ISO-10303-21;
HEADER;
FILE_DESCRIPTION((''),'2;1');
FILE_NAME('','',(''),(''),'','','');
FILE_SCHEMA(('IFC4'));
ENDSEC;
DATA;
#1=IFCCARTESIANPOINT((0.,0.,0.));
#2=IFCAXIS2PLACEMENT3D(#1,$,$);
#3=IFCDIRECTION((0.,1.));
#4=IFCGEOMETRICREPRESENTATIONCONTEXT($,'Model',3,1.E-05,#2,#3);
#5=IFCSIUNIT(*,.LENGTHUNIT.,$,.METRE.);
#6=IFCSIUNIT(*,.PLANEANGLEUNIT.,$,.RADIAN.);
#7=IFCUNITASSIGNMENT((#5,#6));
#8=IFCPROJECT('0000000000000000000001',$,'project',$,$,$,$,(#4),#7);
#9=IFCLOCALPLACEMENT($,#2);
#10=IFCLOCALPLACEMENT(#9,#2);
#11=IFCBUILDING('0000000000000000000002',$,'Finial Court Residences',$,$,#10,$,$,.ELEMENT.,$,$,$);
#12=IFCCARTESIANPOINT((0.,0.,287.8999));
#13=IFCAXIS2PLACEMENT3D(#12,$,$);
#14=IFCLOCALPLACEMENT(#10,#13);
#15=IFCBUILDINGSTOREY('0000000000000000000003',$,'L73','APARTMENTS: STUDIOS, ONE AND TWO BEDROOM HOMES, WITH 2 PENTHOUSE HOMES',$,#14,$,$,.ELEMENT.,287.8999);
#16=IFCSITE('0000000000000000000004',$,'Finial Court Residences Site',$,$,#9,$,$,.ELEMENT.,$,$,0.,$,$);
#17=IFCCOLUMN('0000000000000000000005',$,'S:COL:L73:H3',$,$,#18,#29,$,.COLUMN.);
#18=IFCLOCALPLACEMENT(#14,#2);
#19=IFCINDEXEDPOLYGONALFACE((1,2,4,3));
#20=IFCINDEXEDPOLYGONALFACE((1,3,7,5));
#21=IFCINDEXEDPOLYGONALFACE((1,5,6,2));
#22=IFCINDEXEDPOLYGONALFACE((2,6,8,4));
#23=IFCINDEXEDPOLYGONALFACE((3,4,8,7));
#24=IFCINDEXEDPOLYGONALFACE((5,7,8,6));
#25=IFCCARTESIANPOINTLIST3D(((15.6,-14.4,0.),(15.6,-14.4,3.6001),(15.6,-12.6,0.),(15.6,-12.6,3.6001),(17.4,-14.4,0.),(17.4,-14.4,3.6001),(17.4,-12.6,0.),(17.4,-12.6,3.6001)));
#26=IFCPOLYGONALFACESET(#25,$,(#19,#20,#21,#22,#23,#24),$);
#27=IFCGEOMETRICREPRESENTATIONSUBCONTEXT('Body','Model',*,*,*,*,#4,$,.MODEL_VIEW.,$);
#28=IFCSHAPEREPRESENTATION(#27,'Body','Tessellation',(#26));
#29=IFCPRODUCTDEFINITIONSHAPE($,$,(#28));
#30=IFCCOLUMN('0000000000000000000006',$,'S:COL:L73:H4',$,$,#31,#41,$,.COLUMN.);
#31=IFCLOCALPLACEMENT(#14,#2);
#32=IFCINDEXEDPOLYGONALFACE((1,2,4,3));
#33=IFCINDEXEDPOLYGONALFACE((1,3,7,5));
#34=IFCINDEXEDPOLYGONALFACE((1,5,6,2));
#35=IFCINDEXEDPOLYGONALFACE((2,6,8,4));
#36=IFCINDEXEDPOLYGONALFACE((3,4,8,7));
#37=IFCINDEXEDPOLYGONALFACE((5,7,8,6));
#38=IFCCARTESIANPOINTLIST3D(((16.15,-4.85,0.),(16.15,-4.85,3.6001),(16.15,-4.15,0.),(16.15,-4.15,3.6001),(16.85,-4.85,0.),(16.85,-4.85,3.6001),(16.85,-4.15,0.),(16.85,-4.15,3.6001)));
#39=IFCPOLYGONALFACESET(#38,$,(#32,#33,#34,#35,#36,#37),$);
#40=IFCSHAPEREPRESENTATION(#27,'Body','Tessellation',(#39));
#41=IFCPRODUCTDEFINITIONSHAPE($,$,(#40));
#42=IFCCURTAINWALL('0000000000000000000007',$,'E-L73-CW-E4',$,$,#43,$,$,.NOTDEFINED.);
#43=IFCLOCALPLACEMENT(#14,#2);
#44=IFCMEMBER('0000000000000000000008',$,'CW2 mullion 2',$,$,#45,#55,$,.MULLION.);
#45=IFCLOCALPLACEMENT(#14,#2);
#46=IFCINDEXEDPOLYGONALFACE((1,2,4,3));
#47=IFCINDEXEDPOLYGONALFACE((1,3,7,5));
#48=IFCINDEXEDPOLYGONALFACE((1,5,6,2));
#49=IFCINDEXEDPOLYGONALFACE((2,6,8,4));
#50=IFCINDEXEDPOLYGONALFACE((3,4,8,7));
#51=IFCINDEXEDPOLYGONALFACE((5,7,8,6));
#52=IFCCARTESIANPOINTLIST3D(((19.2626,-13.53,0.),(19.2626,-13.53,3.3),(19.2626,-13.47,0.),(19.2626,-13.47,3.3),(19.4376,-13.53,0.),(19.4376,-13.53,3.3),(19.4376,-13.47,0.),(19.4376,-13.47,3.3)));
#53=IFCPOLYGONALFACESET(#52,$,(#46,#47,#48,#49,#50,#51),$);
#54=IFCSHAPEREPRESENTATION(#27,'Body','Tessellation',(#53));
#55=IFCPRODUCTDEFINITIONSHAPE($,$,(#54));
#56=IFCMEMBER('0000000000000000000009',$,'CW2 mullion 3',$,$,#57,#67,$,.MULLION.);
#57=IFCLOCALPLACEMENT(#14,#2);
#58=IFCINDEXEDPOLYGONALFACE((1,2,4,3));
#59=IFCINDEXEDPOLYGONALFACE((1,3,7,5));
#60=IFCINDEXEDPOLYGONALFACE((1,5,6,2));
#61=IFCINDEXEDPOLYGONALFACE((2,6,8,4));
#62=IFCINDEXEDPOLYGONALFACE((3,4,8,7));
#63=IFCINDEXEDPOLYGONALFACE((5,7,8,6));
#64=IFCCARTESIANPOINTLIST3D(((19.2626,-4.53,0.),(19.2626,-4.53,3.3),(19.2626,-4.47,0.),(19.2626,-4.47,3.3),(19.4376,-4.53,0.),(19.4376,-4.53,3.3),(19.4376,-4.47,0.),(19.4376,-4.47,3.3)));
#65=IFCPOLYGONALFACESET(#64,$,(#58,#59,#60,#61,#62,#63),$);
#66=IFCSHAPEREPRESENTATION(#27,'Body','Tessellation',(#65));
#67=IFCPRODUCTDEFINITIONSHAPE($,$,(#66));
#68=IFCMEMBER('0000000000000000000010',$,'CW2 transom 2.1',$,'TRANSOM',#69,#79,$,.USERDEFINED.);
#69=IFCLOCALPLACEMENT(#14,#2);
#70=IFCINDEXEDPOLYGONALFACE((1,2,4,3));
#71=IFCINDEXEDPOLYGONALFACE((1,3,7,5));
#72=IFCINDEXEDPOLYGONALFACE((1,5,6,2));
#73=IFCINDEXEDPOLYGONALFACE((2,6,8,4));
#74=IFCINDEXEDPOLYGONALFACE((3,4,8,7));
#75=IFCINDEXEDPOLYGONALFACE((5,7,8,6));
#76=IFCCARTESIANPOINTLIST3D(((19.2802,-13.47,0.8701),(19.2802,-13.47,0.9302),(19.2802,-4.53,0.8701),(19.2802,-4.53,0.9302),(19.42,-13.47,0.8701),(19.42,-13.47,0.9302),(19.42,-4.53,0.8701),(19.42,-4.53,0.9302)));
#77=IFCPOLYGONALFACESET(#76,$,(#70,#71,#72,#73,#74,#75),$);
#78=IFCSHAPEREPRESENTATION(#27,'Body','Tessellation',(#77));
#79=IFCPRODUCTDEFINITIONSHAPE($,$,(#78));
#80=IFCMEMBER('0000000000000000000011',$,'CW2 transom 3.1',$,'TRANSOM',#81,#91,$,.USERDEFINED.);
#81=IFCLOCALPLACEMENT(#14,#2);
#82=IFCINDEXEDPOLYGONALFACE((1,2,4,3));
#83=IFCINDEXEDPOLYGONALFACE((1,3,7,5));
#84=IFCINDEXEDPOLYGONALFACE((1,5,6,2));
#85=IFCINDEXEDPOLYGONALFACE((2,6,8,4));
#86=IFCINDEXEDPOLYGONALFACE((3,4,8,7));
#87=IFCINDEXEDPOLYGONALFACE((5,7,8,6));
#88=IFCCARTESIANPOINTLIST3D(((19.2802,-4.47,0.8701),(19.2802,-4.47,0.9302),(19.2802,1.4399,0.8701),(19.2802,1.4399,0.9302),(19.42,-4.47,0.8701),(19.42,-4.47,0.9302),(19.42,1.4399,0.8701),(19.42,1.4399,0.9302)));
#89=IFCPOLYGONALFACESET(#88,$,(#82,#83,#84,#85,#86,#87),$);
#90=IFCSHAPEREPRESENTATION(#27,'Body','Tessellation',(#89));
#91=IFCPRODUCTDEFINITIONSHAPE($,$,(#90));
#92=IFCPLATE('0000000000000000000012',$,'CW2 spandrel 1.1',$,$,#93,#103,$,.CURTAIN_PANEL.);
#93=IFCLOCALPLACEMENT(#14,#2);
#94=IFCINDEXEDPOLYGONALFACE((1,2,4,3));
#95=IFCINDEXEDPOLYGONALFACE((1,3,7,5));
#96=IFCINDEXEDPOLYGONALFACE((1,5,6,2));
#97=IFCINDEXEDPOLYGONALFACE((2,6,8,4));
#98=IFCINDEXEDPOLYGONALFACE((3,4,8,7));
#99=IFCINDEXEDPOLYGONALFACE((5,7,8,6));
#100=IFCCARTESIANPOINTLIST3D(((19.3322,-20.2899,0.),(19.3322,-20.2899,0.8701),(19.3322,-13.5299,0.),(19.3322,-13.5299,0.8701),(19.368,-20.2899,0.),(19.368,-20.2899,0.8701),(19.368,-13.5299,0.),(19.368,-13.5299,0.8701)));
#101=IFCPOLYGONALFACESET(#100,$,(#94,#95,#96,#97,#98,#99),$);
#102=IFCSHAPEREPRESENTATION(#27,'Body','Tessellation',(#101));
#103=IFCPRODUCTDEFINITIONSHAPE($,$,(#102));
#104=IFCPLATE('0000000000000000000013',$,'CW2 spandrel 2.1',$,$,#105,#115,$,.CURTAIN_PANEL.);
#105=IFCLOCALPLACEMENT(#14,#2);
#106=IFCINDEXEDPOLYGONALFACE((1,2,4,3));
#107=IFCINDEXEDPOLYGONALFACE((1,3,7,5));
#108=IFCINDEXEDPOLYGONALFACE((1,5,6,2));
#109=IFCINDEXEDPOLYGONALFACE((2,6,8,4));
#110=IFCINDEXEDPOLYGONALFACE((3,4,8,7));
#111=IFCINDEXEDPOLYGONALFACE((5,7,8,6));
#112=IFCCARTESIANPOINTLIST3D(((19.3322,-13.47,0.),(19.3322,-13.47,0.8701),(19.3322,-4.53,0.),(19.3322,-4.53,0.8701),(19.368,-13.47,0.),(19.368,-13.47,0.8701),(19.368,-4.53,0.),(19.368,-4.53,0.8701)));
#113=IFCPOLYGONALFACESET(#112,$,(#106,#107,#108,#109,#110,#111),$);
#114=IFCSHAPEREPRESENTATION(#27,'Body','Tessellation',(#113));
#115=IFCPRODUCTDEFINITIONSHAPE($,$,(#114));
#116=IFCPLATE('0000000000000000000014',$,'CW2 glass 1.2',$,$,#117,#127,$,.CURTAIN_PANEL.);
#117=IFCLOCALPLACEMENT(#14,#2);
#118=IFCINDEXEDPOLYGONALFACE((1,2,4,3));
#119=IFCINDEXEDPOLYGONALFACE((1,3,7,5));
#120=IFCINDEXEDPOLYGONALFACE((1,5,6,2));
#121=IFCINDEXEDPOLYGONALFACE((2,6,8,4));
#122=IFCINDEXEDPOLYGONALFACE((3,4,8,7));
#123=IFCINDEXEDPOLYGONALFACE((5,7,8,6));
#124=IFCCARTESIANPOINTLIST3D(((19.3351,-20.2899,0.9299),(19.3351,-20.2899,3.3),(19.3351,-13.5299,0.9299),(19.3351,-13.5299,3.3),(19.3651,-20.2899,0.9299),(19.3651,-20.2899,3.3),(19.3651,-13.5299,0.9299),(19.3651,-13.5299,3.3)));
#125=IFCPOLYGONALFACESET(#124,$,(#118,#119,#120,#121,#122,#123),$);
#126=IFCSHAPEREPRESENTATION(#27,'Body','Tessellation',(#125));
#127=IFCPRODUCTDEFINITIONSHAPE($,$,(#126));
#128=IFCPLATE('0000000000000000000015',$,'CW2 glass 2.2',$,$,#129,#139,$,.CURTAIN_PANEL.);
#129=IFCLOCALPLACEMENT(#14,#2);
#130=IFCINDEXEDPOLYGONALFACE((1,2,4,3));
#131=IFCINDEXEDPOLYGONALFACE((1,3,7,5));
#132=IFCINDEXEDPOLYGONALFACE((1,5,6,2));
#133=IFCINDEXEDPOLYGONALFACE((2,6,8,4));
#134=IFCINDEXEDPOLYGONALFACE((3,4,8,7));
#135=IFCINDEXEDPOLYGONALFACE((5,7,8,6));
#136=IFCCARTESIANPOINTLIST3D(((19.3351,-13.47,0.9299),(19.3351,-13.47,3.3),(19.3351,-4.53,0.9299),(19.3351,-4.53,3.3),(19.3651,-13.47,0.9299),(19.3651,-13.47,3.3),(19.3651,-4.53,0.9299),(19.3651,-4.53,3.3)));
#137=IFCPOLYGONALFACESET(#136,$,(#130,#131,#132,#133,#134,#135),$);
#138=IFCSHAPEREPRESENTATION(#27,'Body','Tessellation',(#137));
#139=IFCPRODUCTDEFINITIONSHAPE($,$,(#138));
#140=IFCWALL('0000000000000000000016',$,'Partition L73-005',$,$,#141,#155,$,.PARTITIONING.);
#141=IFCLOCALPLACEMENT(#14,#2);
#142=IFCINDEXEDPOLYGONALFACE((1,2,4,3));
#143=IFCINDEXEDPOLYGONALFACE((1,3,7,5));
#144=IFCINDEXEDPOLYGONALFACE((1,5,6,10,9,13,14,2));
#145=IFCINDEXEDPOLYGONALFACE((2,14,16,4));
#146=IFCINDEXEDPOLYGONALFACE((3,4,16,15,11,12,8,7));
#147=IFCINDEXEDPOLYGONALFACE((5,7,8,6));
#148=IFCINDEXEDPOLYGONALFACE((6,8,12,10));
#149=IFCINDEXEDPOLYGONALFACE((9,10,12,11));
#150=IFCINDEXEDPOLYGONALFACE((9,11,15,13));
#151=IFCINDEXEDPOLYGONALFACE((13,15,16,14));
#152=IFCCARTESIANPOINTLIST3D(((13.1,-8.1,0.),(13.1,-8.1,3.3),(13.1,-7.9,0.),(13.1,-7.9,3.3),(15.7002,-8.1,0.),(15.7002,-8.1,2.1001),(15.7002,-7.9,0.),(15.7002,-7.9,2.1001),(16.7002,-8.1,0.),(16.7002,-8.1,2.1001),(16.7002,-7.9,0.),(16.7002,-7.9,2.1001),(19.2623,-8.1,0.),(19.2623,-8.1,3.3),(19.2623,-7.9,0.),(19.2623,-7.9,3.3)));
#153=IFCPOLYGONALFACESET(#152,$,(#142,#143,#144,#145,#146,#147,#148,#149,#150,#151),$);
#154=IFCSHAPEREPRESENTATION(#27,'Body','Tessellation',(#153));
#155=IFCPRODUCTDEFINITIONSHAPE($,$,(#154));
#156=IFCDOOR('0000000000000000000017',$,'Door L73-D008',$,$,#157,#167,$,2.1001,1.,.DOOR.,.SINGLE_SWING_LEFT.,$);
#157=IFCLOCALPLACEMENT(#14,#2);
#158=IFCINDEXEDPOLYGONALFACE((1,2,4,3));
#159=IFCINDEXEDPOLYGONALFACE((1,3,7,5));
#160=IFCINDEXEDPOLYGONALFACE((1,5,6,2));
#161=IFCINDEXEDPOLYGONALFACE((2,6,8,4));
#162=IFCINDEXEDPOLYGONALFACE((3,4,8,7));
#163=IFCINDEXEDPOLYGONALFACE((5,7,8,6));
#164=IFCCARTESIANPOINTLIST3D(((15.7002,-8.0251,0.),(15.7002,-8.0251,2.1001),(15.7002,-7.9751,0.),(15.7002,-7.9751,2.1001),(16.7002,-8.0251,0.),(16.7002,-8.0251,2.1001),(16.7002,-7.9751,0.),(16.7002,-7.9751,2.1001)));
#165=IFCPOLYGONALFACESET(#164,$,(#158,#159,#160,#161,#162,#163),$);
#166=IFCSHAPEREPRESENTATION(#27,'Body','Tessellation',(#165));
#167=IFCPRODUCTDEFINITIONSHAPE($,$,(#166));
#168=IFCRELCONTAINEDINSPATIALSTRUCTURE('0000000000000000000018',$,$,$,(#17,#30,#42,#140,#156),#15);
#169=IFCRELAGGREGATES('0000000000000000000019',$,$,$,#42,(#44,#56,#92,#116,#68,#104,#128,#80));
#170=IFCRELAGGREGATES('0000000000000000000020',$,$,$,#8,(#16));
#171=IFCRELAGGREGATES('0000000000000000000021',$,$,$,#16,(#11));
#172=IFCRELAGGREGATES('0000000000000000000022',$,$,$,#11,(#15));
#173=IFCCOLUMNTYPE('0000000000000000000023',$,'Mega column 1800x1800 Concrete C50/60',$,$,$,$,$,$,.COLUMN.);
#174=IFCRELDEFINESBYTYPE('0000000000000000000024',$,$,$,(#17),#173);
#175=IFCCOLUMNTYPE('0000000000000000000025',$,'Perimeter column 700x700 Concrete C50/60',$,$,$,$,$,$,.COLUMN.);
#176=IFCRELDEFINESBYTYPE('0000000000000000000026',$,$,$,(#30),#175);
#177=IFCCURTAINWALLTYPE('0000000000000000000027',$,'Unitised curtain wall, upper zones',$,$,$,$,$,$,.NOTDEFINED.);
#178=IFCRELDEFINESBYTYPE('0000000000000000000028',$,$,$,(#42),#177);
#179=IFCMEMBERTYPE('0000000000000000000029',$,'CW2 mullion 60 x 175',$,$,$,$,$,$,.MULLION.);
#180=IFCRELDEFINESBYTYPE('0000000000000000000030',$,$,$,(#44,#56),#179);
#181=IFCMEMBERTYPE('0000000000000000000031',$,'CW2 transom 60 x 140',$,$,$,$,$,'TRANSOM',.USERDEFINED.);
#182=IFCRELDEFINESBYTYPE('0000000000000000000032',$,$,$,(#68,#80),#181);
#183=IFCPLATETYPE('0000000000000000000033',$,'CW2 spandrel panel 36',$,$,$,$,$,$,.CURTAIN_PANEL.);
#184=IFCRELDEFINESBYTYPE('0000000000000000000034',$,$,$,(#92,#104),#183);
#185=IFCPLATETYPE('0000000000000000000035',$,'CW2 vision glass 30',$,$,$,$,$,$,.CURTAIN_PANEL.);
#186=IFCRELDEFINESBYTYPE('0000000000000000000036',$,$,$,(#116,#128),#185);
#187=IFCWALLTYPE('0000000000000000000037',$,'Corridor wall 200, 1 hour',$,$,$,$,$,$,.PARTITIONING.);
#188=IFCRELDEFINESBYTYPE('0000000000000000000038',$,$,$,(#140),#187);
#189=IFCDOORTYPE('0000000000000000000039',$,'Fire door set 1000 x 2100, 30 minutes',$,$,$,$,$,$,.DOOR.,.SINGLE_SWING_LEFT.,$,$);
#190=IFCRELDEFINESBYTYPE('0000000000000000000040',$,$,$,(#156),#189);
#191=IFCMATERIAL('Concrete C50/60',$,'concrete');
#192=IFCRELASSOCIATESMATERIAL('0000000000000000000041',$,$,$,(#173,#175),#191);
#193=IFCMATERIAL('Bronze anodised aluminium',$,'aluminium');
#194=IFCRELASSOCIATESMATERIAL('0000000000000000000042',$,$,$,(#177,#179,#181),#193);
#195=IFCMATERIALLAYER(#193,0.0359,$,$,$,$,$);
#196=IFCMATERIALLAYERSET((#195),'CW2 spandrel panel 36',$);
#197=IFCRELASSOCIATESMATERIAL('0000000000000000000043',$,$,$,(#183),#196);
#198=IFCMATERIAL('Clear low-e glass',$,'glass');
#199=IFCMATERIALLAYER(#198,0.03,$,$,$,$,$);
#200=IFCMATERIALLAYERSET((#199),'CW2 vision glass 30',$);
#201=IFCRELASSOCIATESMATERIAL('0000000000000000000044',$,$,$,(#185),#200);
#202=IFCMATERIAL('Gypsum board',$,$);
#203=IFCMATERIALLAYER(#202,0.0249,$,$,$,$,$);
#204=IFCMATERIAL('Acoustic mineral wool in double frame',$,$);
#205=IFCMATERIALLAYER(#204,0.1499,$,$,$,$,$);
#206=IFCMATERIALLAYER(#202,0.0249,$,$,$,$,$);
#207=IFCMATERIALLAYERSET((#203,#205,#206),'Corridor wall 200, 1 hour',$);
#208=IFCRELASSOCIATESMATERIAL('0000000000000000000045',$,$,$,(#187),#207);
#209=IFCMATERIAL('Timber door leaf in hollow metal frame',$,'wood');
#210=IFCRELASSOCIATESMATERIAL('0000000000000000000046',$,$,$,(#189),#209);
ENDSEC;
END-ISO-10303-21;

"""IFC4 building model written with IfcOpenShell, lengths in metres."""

from ifc_helpers import new_model, si_unit, direction, frame, frame_2d, origin, origin_2d, place, context, subcontext, project, spatial, rectangle, extrude, material, layer, layer_set, material_profile, profile_set, type_object, element, fill, aggregate, save


model = new_model("IFC4")

# Units and contexts
model_context = context("Model", 3, precision=1e-05, world=origin(), true_north=direction((0.0, 1.0)))
body_context = subcontext(model_context, "Body", "Model", "MODEL_VIEW")
ifc_project = project(units=[si_unit("LENGTHUNIT", "METRE"), si_unit("PLANEANGLEUNIT", "RADIAN")], contexts=[model_context])

# Site, building, storey
site_placement = place(None, origin())
site = spatial("IfcSite", under=ifc_project, at=site_placement, Name="Finial Court Residences Site", CompositionType="ELEMENT", RefElevation=0.0)
building_placement = place(site_placement, origin())
building = spatial("IfcBuilding", under=site, at=building_placement, Name="Finial Court Residences", CompositionType="ELEMENT")
storey_placement = place(building_placement, frame((0.0, 0.0, 287.8999)))
storey = spatial("IfcBuildingStorey", under=building, at=storey_placement, Name="L73", Description="APARTMENTS: STUDIOS, ONE AND TWO BEDROOM HOMES, WITH 2 PENTHOUSE HOMES", CompositionType="ELEMENT", Elevation=287.8999)

# Columns
ifc_material_1 = material(Name="Concrete C50/60", Category="concrete")
ifc_material_profile_1 = material_profile(ifc_material_1, rectangle(XDim=1.8, YDim=1.8, at=origin_2d()), Name="1800x1800")
ifc_profile_set_1 = profile_set([ifc_material_profile_1], Name="Concrete C50/60")
column_type_1 = type_object("IfcColumnType", Name="Mega column 1800x1800 Concrete C50/60", PredefinedType="COLUMN", material=ifc_profile_set_1)
column_1_placement = place(storey_placement, frame((16.5, -13.5, 0.0), z_axis=(0.0, 0.0, 1.0), x_axis=(1.0, 0.0, 0.0)))
element("IfcColumn", 1, at=column_1_placement, inside=storey, type_object=column_type_1, Name="S:COL:L73:H3", PredefinedType="COLUMN", context=body_context, shape_type="SweptSolid", body=[
    extrude(rectangle(XDim=1.8, YDim=1.8, at=origin_2d()), origin(), (0.0, 0.0, 1.0), 3.6001),
])
ifc_material_profile_2 = material_profile(ifc_material_1, rectangle(XDim=0.7, YDim=0.7, at=origin_2d()), Name="700x700")
ifc_profile_set_2 = profile_set([ifc_material_profile_2], Name="Concrete C50/60")
column_type_2 = type_object("IfcColumnType", Name="Perimeter column 700x700 Concrete C50/60", PredefinedType="COLUMN", material=ifc_profile_set_2)
column_2_placement = place(storey_placement, frame((16.5, -4.5, 0.0), z_axis=(0.0, 0.0, 1.0), x_axis=(1.0, 0.0, 0.0)))
element("IfcColumn", 2, at=column_2_placement, inside=storey, type_object=column_type_2, Name="S:COL:L73:H4", PredefinedType="COLUMN", context=body_context, shape_type="SweptSolid", body=[
    extrude(rectangle(XDim=0.7, YDim=0.7, at=origin_2d()), origin(), (0.0, 0.0, 1.0), 3.6001),
])

# Curtain wall, members, plates
ifc_material_2 = material(Name="Bronze anodised aluminium", Category="aluminium")
curtain_wall_type = type_object("IfcCurtainWallType", Name="Unitised curtain wall, upper zones", PredefinedType="NOTDEFINED", material=ifc_material_2)
curtain_wall_placement = place(storey_placement, origin())
curtain_wall = element("IfcCurtainWall", 3, at=curtain_wall_placement, inside=storey, type_object=curtain_wall_type, Name="E-L73-CW-E4", PredefinedType="NOTDEFINED")
ifc_material_profile_3 = material_profile(ifc_material_2, rectangle(XDim=0.175, YDim=0.0601, at=origin_2d()), Name="CW2 mullion 60 x 175")
ifc_profile_set_3 = profile_set([ifc_material_profile_3], Name="Bronze anodised aluminium")
member_type_1 = type_object("IfcMemberType", Name="CW2 mullion 60 x 175", PredefinedType="MULLION", material=ifc_profile_set_3)
member_1_placement = place(storey_placement, frame((19.3501, -13.5, 0.0), z_axis=(0.0, 0.0, 1.0), x_axis=(-1.0, 0.0, 0.0)))
member_1 = element("IfcMember", 4, at=member_1_placement, type_object=member_type_1, Name="CW2 mullion 2", PredefinedType="MULLION", context=body_context, shape_type="SweptSolid", body=[
    extrude(rectangle(XDim=0.175, YDim=0.0601, at=origin_2d()), origin(), (0.0, 0.0, 1.0), 3.3),
])
member_2_placement = place(storey_placement, frame((19.3501, -4.5, 0.0), z_axis=(0.0, 0.0, 1.0), x_axis=(-1.0, 0.0, 0.0)))
member_2 = element("IfcMember", 5, at=member_2_placement, type_object=member_type_1, Name="CW2 mullion 3", PredefinedType="MULLION", context=body_context, shape_type="SweptSolid", body=[
    extrude(rectangle(XDim=0.175, YDim=0.0601, at=origin_2d()), origin(), (0.0, 0.0, 1.0), 3.3),
])
ifc_material_profile_4 = material_profile(ifc_material_2, rectangle(XDim=0.1399, YDim=0.0601, at=origin_2d()), Name="CW2 transom 60 x 140")
ifc_profile_set_4 = profile_set([ifc_material_profile_4], Name="Bronze anodised aluminium")
member_type_2 = type_object("IfcMemberType", Name="CW2 transom 60 x 140", ElementType="TRANSOM", PredefinedType="USERDEFINED", material=ifc_profile_set_4)
member_3_placement = place(storey_placement, frame((19.3501, -13.47, 0.9001), z_axis=(0.0, 1.0, 0.0), x_axis=(-1.0, 0.0, 0.0)))
member_3 = element("IfcMember", 6, at=member_3_placement, type_object=member_type_2, Name="CW2 transom 2.1", ObjectType="TRANSOM", PredefinedType="USERDEFINED", context=body_context, shape_type="SweptSolid", body=[
    extrude(rectangle(XDim=0.1399, YDim=0.0601, at=origin_2d()), origin(), (0.0, 0.0, 1.0), 8.9399),
])
member_4_placement = place(storey_placement, frame((19.3501, -4.47, 0.9001), z_axis=(0.0, 1.0, 0.0), x_axis=(-1.0, 0.0, 0.0)))
member_4 = element("IfcMember", 7, at=member_4_placement, type_object=member_type_2, Name="CW2 transom 3.1", ObjectType="TRANSOM", PredefinedType="USERDEFINED", context=body_context, shape_type="SweptSolid", body=[
    extrude(rectangle(XDim=0.1399, YDim=0.0601, at=origin_2d()), origin(), (0.0, 0.0, 1.0), 5.9099),
])
ifc_layer_1 = layer(ifc_material_2, 0.0359)
ifc_layer_set_1 = layer_set([ifc_layer_1], Name="CW2 spandrel panel 36")
plate_type_1 = type_object("IfcPlateType", Name="CW2 spandrel panel 36", PredefinedType="CURTAIN_PANEL", material=ifc_layer_set_1)
plate_1_placement = place(storey_placement, frame((19.3501, -16.9099, 0.0), z_axis=(0.0, 0.0, 1.0), x_axis=(0.0, 1.0, 0.0)))
plate_1 = element("IfcPlate", 8, at=plate_1_placement, type_object=plate_type_1, Name="CW2 spandrel 1.1", PredefinedType="CURTAIN_PANEL", context=body_context, shape_type="SweptSolid", body=[
    extrude(rectangle(XDim=6.76, YDim=0.0359, at=origin_2d()), origin(), (0.0, 0.0, 1.0), 0.8701),
])
plate_2_placement = place(storey_placement, frame((19.3501, -9.0, 0.0), z_axis=(0.0, 0.0, 1.0), x_axis=(0.0, 1.0, 0.0)))
plate_2 = element("IfcPlate", 9, at=plate_2_placement, type_object=plate_type_1, Name="CW2 spandrel 2.1", PredefinedType="CURTAIN_PANEL", context=body_context, shape_type="SweptSolid", body=[
    extrude(rectangle(XDim=8.9399, YDim=0.0359, at=origin_2d()), origin(), (0.0, 0.0, 1.0), 0.8701),
])
ifc_material_3 = material(Name="Clear low-e glass", Category="glass")
ifc_layer_2 = layer(ifc_material_3, 0.03)
ifc_layer_set_2 = layer_set([ifc_layer_2], Name="CW2 vision glass 30")
plate_type_2 = type_object("IfcPlateType", Name="CW2 vision glass 30", PredefinedType="CURTAIN_PANEL", material=ifc_layer_set_2)
plate_3_placement = place(storey_placement, frame((19.3501, -16.9099, 0.9299), z_axis=(0.0, 0.0, 1.0), x_axis=(0.0, 1.0, 0.0)))
plate_3 = element("IfcPlate", 10, at=plate_3_placement, type_object=plate_type_2, Name="CW2 glass 1.2", PredefinedType="CURTAIN_PANEL", context=body_context, shape_type="SweptSolid", body=[
    extrude(rectangle(XDim=6.76, YDim=0.03, at=origin_2d()), origin(), (0.0, 0.0, 1.0), 2.3701),
])
plate_4_placement = place(storey_placement, frame((19.3501, -9.0, 0.9299), z_axis=(0.0, 0.0, 1.0), x_axis=(0.0, 1.0, 0.0)))
plate_4 = element("IfcPlate", 11, at=plate_4_placement, type_object=plate_type_2, Name="CW2 glass 2.2", PredefinedType="CURTAIN_PANEL", context=body_context, shape_type="SweptSolid", body=[
    extrude(rectangle(XDim=8.9399, YDim=0.03, at=origin_2d()), origin(), (0.0, 0.0, 1.0), 2.3701),
])
aggregate(curtain_wall, [member_1, member_2, plate_1, plate_3, member_3, plate_2, plate_4, member_4])

# Wall, opening, door
ifc_material_4 = material(Name="Gypsum board")
ifc_layer_3 = layer(ifc_material_4, 0.0249)
ifc_material_5 = material(Name="Acoustic mineral wool in double frame")
ifc_layer_4 = layer(ifc_material_5, 0.1499)
ifc_layer_5 = layer(ifc_material_4, 0.0249)
ifc_layer_set_3 = layer_set([ifc_layer_3, ifc_layer_4, ifc_layer_5], Name="Corridor wall 200, 1 hour")
wall_type_1 = type_object("IfcWallType", Name="Corridor wall 200, 1 hour", PredefinedType="PARTITIONING", material=ifc_layer_set_3)
wall_1_placement = place(storey_placement, frame((13.1001, -8.0, 0.0), z_axis=(0.0, 0.0, 1.0), x_axis=(1.0, 0.0, 0.0)))
wall_1 = element("IfcWall", 12, at=wall_1_placement, inside=storey, type_object=wall_type_1, Name="Partition L73-005", PredefinedType="PARTITIONING", context=body_context, shape_type="SweptSolid", body=[
    extrude(rectangle(XDim=6.1624, YDim=0.2, at=frame_2d((3.0811, 0.0))), origin(), (0.0, 0.0, 1.0), 3.3),
])
opening_1_placement = place(wall_1_placement, frame((2.6001, 0.0, 0.0)))
opening_1 = element("IfcOpeningElement", 13, at=opening_1_placement, cuts=wall_1, PredefinedType="OPENING", context=body_context, shape_type="SweptSolid", body=[
    extrude(rectangle(XDim=1.0, YDim=2.1001, at=frame_2d((0.5, 1.05))), frame((0.0, 0.1099, 0.0), z_axis=(0.0, -1.0, 0.0), x_axis=(1.0, 0.0, 0.0)), (0.0, 0.0, 1.0), 0.22),
])
ifc_material_6 = material(Name="Timber door leaf in hollow metal frame", Category="wood")
door_type_1 = type_object("IfcDoorType", Name="Fire door set 1000 x 2100, 30 minutes", OperationType="SINGLE_SWING_LEFT", PredefinedType="DOOR", material=ifc_material_6)
door_1_placement = place(opening_1_placement, origin())
door_1 = element("IfcDoor", 14, at=door_1_placement, inside=storey, type_object=door_type_1, Name="Door L73-D008", OperationType="SINGLE_SWING_LEFT", OverallHeight=2.1001, OverallWidth=1.0, PredefinedType="DOOR", context=body_context, shape_type="SweptSolid", body=[
    extrude(rectangle(XDim=1.0, YDim=2.1001, at=frame_2d((0.5, 1.05))), frame((0.0, 0.0249, 0.0), z_axis=(0.0, -1.0, 0.0), x_axis=(1.0, 0.0, 0.0)), (0.0, 0.0, 1.0), 0.05),
])
fill(opening_1, door_1)

save(model, "model.ifc")
